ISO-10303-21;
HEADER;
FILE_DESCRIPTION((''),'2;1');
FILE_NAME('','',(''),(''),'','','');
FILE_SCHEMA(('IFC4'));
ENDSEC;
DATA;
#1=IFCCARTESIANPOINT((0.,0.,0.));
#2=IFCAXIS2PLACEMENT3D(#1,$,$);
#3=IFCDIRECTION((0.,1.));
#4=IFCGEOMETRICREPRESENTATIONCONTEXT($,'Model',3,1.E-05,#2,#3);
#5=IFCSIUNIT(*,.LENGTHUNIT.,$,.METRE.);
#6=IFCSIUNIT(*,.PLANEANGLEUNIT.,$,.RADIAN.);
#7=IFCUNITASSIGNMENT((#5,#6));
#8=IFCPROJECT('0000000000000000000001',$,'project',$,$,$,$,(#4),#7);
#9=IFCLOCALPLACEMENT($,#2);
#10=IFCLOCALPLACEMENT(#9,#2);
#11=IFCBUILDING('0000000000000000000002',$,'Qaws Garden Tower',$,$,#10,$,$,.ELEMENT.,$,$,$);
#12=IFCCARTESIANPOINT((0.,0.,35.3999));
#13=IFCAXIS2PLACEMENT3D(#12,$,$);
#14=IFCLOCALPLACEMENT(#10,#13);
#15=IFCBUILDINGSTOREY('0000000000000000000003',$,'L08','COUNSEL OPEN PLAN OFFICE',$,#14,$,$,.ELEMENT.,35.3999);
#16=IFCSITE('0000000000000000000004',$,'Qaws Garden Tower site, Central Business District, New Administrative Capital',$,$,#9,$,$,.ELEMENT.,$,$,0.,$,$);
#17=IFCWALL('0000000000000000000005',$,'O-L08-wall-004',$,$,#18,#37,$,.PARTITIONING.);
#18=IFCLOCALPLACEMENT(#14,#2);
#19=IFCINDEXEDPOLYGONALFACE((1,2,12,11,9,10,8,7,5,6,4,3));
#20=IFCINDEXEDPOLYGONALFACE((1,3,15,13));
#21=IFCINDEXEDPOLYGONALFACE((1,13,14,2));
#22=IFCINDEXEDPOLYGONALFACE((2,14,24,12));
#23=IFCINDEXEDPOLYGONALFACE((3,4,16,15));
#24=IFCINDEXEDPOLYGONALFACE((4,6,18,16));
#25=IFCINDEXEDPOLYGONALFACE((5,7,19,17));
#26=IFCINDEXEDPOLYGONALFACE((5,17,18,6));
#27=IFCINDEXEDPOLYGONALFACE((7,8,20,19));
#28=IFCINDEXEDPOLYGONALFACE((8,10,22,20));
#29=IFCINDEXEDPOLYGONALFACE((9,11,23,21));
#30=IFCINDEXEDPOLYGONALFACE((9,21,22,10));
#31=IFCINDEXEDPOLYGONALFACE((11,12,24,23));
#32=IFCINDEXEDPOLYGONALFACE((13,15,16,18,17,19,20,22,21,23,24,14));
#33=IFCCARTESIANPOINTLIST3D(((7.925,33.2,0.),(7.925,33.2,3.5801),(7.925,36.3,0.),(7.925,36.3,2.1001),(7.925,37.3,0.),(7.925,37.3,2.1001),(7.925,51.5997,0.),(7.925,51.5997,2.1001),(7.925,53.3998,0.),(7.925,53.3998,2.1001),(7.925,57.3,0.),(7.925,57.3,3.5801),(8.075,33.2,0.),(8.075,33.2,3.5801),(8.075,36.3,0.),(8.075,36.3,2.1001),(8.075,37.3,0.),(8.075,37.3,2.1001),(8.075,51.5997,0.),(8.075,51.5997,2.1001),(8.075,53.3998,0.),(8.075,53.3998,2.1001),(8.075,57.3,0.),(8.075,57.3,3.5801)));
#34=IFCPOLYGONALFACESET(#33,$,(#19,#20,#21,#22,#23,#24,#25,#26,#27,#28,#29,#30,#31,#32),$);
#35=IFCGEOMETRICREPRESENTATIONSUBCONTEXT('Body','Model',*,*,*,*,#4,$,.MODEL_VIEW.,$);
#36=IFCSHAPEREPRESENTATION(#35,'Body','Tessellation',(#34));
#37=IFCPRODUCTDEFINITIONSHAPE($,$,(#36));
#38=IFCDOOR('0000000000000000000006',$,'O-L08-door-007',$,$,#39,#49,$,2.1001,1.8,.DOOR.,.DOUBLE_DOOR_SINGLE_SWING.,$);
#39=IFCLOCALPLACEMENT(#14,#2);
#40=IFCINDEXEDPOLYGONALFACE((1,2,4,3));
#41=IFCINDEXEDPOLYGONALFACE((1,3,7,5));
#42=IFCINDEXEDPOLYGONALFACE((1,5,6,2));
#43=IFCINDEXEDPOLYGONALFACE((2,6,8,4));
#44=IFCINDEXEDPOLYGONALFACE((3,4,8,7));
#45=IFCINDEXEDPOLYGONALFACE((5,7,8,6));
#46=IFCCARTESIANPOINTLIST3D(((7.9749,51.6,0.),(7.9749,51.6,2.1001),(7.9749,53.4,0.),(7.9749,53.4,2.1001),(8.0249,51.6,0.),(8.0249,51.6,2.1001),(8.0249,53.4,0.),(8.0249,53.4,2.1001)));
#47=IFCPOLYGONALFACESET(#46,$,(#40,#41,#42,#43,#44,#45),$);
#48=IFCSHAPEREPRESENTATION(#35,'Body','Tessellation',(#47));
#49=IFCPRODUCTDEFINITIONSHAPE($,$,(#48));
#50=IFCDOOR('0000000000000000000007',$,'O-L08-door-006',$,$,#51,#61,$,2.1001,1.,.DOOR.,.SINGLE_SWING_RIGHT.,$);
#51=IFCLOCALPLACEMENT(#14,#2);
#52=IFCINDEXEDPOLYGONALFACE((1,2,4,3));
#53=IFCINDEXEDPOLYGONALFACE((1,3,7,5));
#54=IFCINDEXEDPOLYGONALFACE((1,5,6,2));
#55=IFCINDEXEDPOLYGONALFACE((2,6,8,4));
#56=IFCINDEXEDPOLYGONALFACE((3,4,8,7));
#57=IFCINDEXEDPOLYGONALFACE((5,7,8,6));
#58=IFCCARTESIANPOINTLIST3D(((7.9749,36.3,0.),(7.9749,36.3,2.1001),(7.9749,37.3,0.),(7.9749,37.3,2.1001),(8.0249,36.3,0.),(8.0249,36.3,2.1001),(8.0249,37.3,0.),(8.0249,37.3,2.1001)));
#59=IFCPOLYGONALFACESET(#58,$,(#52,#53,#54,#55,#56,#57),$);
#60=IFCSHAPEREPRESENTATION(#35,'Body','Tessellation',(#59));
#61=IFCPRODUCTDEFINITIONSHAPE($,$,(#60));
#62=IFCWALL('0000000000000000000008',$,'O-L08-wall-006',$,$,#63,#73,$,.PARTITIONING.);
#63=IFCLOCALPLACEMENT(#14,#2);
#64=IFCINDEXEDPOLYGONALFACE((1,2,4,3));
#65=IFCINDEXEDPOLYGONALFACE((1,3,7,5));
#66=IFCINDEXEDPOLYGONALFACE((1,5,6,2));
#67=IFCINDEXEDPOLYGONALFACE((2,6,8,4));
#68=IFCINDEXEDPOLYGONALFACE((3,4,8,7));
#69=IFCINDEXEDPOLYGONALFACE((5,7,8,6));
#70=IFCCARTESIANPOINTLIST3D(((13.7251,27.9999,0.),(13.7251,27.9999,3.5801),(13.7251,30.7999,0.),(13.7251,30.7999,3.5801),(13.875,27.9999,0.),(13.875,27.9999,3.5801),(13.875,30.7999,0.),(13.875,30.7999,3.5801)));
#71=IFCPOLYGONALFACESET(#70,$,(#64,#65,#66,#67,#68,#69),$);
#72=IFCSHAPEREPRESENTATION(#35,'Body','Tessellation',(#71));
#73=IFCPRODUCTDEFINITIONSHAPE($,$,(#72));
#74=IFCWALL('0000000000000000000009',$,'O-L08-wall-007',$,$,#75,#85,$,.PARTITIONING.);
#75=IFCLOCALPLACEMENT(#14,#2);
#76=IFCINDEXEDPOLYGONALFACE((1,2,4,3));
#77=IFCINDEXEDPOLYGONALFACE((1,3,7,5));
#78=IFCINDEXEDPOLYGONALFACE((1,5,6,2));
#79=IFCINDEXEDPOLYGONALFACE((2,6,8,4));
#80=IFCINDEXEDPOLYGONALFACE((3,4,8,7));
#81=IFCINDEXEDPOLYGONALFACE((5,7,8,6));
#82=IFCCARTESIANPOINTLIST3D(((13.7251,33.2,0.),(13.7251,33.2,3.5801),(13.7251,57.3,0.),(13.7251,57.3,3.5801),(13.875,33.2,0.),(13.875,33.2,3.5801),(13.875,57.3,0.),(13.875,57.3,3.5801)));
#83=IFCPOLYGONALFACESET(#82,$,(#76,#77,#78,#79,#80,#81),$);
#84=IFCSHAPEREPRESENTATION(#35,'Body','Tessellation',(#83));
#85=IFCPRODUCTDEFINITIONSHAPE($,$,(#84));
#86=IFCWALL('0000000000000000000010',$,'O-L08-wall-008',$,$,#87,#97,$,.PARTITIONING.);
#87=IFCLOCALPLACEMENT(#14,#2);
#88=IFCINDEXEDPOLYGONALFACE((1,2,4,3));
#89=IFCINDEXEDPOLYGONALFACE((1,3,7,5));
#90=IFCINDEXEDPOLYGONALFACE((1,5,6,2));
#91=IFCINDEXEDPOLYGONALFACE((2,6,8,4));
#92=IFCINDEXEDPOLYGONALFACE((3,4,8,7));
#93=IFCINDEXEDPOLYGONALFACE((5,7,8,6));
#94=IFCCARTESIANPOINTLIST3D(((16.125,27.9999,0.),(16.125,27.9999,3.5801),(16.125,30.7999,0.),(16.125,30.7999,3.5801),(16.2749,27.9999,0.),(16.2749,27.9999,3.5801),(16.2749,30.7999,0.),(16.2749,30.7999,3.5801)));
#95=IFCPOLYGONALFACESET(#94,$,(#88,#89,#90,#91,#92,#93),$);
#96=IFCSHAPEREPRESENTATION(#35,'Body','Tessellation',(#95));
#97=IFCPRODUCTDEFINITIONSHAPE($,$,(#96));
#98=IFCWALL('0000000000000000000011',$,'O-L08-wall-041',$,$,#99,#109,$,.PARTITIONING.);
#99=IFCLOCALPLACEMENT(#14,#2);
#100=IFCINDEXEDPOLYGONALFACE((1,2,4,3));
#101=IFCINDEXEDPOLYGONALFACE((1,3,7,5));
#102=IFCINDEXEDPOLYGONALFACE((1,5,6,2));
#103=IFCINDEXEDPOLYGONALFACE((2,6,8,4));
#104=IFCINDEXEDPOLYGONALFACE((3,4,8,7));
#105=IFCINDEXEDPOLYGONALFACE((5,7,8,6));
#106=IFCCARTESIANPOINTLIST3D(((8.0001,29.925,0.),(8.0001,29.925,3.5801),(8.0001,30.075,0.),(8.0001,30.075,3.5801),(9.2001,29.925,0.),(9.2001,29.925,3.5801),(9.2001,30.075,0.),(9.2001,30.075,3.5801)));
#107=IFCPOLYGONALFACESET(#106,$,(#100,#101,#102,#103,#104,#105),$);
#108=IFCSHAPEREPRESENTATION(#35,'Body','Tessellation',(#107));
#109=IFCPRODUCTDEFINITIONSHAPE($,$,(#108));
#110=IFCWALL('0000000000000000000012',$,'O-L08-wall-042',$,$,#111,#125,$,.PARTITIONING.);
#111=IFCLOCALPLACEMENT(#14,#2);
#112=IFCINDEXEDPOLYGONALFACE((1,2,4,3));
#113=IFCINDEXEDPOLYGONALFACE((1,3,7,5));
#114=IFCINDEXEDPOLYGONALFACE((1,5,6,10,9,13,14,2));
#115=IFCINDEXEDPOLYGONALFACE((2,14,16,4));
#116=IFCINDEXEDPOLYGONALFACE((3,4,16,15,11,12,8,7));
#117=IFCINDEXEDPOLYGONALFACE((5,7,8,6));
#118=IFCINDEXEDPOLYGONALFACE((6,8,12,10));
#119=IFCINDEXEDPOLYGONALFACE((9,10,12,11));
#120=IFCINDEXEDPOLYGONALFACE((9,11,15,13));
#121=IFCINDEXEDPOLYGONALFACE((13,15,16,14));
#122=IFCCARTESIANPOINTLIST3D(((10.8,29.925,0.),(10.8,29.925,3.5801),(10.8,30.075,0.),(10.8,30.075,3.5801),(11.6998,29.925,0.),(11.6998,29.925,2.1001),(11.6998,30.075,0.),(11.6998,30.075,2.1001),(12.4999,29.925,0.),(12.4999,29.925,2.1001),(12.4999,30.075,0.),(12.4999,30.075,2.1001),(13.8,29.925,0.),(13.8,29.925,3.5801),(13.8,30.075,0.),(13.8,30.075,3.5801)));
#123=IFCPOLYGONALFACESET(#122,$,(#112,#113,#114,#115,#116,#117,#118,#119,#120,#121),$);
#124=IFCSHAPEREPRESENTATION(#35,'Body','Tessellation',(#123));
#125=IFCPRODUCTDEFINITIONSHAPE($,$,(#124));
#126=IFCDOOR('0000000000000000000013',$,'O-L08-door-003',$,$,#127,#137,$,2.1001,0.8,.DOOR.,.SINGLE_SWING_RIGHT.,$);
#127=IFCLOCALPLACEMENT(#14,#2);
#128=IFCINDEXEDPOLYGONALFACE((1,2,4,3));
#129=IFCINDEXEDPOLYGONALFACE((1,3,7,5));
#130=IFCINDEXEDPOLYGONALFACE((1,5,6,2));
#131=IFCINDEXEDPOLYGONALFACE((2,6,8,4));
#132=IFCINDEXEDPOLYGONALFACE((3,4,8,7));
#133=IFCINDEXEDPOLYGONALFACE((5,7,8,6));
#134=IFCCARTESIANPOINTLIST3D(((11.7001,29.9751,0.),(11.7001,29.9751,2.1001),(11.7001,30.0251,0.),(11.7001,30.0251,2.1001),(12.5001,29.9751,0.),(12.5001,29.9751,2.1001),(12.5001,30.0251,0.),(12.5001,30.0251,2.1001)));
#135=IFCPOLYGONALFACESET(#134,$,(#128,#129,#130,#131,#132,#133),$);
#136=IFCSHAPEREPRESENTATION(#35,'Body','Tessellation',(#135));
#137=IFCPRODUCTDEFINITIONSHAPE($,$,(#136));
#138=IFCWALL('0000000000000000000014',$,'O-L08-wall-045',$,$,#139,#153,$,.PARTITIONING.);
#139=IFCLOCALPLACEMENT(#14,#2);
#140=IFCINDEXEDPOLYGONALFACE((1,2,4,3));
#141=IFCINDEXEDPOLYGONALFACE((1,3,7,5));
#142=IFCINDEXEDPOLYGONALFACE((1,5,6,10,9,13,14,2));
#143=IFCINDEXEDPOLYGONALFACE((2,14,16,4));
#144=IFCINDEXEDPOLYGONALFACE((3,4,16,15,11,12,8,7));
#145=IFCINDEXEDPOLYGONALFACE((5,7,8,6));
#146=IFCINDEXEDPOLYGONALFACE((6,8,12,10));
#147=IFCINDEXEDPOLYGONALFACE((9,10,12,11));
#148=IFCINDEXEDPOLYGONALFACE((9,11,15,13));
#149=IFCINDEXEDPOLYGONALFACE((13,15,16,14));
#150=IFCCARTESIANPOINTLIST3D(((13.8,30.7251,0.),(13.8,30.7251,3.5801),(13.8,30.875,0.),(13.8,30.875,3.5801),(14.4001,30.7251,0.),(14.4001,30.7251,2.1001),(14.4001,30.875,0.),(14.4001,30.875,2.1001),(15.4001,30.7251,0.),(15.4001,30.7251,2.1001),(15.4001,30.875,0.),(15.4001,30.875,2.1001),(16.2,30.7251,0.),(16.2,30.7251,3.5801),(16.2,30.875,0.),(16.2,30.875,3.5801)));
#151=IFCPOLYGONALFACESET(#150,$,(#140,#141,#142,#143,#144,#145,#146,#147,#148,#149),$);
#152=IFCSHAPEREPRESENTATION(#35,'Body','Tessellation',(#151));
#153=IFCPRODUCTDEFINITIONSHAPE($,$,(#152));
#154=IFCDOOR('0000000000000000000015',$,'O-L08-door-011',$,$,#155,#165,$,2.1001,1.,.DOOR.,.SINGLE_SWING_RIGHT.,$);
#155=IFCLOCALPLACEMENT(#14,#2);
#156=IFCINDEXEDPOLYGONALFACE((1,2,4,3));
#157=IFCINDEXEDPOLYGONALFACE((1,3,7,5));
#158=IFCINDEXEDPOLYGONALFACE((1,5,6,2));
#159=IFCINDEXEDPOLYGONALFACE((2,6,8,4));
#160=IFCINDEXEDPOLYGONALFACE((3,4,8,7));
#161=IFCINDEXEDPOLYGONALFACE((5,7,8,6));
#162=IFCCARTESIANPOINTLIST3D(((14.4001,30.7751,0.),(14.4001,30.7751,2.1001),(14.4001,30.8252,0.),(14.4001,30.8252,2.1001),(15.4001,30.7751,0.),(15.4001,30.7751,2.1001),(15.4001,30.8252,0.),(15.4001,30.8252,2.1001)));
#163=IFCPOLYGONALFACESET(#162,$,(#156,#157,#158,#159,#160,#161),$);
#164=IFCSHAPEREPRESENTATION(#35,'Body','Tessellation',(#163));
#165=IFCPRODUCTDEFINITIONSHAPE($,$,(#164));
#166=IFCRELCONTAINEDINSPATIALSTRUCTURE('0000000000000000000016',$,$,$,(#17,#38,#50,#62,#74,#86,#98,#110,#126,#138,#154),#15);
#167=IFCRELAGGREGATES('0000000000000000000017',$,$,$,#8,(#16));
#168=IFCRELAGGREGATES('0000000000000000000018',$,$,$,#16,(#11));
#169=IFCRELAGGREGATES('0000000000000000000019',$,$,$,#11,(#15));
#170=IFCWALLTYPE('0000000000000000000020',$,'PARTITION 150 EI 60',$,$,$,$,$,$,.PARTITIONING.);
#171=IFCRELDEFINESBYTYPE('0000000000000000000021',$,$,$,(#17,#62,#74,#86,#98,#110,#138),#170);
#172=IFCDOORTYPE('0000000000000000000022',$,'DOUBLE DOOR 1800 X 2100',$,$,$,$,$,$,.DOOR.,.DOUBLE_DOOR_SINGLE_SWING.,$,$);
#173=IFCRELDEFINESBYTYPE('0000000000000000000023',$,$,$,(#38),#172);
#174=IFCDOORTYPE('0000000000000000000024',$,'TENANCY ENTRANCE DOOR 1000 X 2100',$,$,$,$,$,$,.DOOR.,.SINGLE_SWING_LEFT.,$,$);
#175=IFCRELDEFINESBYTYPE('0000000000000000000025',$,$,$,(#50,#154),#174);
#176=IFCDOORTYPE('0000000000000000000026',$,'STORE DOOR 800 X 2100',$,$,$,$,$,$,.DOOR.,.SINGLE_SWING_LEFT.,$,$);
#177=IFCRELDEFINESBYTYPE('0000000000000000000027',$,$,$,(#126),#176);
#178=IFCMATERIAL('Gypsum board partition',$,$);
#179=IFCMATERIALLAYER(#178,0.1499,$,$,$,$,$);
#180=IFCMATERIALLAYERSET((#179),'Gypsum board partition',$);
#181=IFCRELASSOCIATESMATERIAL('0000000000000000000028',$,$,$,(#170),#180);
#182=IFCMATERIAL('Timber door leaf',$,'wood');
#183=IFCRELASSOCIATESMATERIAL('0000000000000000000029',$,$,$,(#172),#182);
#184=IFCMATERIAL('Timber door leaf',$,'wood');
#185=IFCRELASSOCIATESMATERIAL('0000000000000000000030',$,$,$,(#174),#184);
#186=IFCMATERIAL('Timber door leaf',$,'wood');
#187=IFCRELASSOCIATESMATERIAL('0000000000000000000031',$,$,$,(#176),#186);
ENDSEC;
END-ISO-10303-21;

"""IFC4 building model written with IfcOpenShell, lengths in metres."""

from ifc_helpers import new_model, si_unit, direction, frame, frame_2d, origin, place, context, subcontext, project, spatial, rectangle, extrude, material, layer, layer_set, type_object, element, fill, save


model = new_model("IFC4")

# Units and contexts
model_context = context("Model", 3, precision=1e-05, world=origin(), true_north=direction((0.0, 1.0)))
body_context = subcontext(model_context, "Body", "Model", "MODEL_VIEW")
ifc_project = project(units=[si_unit("LENGTHUNIT", "METRE"), si_unit("PLANEANGLEUNIT", "RADIAN")], contexts=[model_context])

# Site, building, storey
site_placement = place(None, origin())
site = spatial("IfcSite", under=ifc_project, at=site_placement, Name="Qaws Garden Tower site, Central Business District, New Administrative Capital", CompositionType="ELEMENT", RefElevation=0.0)
building_placement = place(site_placement, origin())
building = spatial("IfcBuilding", under=site, at=building_placement, Name="Qaws Garden Tower", CompositionType="ELEMENT")
storey_placement = place(building_placement, frame((0.0, 0.0, 35.3999)))
storey = spatial("IfcBuildingStorey", under=building, at=storey_placement, Name="L08", Description="COUNSEL OPEN PLAN OFFICE", CompositionType="ELEMENT", Elevation=35.3999)

# Shared definitions
ifc_material_1 = material(Name="Gypsum board partition")
ifc_layer_1 = layer(ifc_material_1, 0.1499)
ifc_layer_set_1 = layer_set([ifc_layer_1], Name="Gypsum board partition")
wall_type_1 = type_object("IfcWallType", Name="PARTITION 150 EI 60", PredefinedType="PARTITIONING", material=ifc_layer_set_1)

# Wall, openings, doors
wall_1_placement = place(storey_placement, frame((8.0, 33.2, 0.0), z_axis=(0.0, 0.0, 1.0), x_axis=(0.0, 1.0, 0.0)))
wall_1 = element("IfcWall", 1, at=wall_1_placement, inside=storey, type_object=wall_type_1, Name="O-L08-wall-004", PredefinedType="PARTITIONING", context=body_context, shape_type="SweptSolid", body=[
    extrude(rectangle(XDim=24.1001, YDim=0.1499, at=frame_2d((12.05, 0.0))), origin(), (0.0, 0.0, 1.0), 3.5801),
])
opening_1_placement = place(wall_1_placement, frame((3.1001, 0.0, 0.0)))
opening_1 = element("IfcOpeningElement", 2, at=opening_1_placement, cuts=wall_1, PredefinedType="OPENING", context=body_context, shape_type="SweptSolid", body=[
    extrude(rectangle(XDim=1.0, YDim=2.1001, at=frame_2d((0.5, 1.05))), frame((0.0, 0.085, 0.0), z_axis=(0.0, -1.0, 0.0), x_axis=(1.0, 0.0, 0.0)), (0.0, 0.0, 1.0), 0.1699),
])
opening_2_placement = place(wall_1_placement, frame((18.3999, 0.0, 0.0)))
opening_2 = element("IfcOpeningElement", 3, at=opening_2_placement, cuts=wall_1, PredefinedType="OPENING", context=body_context, shape_type="SweptSolid", body=[
    extrude(rectangle(XDim=1.8, YDim=2.1001, at=frame_2d((0.8999, 1.05))), frame((0.0, 0.085, 0.0), z_axis=(0.0, -1.0, 0.0), x_axis=(1.0, 0.0, 0.0)), (0.0, 0.0, 1.0), 0.1699),
])
ifc_material_2 = material(Name="Timber door leaf", Category="wood")
door_type_1 = type_object("IfcDoorType", Name="DOUBLE DOOR 1800 X 2100", OperationType="DOUBLE_DOOR_SINGLE_SWING", PredefinedType="DOOR", material=ifc_material_2)
door_1_placement = place(opening_2_placement, frame((1.8, 0.0, 0.0), z_axis=(0.0, 0.0, 1.0), x_axis=(-1.0, 0.0, 0.0)))
door_1 = element("IfcDoor", 4, at=door_1_placement, inside=storey, type_object=door_type_1, Name="O-L08-door-007", OperationType="DOUBLE_DOOR_SINGLE_SWING", OverallHeight=2.1001, OverallWidth=1.8, PredefinedType="DOOR", context=body_context, shape_type="SweptSolid", body=[
    extrude(rectangle(XDim=1.8, YDim=2.1001, at=frame_2d((0.8999, 1.05))), frame((0.0, 0.0249, 0.0), z_axis=(0.0, -1.0, 0.0), x_axis=(1.0, 0.0, 0.0)), (0.0, 0.0, 1.0), 0.05),
])
fill(opening_2, door_1)
ifc_material_3 = material(Name="Timber door leaf", Category="wood")
door_type_2 = type_object("IfcDoorType", Name="TENANCY ENTRANCE DOOR 1000 X 2100", OperationType="SINGLE_SWING_LEFT", PredefinedType="DOOR", material=ifc_material_3)
door_2_placement = place(opening_1_placement, frame((1.0, 0.0, 0.0), z_axis=(0.0, 0.0, 1.0), x_axis=(-1.0, 0.0, 0.0)))
door_2 = element("IfcDoor", 5, at=door_2_placement, inside=storey, type_object=door_type_2, Name="O-L08-door-006", OperationType="SINGLE_SWING_RIGHT", OverallHeight=2.1001, OverallWidth=1.0, PredefinedType="DOOR", context=body_context, shape_type="SweptSolid", body=[
    extrude(rectangle(XDim=1.0, YDim=2.1001, at=frame_2d((0.5, 1.05))), frame((0.0, 0.0249, 0.0), z_axis=(0.0, -1.0, 0.0), x_axis=(1.0, 0.0, 0.0)), (0.0, 0.0, 1.0), 0.05),
])
fill(opening_1, door_2)

# Walls
wall_2_placement = place(storey_placement, frame((13.8, 28.0, 0.0), z_axis=(0.0, 0.0, 1.0), x_axis=(0.0, 1.0, 0.0)))
element("IfcWall", 6, at=wall_2_placement, inside=storey, type_object=wall_type_1, Name="O-L08-wall-006", PredefinedType="PARTITIONING", context=body_context, shape_type="SweptSolid", body=[
    extrude(rectangle(XDim=2.8, YDim=0.1499, at=frame_2d((1.3999, 0.0))), origin(), (0.0, 0.0, 1.0), 3.5801),
])
wall_3_placement = place(storey_placement, frame((13.8, 33.2, 0.0), z_axis=(0.0, 0.0, 1.0), x_axis=(0.0, 1.0, 0.0)))
element("IfcWall", 7, at=wall_3_placement, inside=storey, type_object=wall_type_1, Name="O-L08-wall-007", PredefinedType="PARTITIONING", context=body_context, shape_type="SweptSolid", body=[
    extrude(rectangle(XDim=24.1001, YDim=0.1499, at=frame_2d((12.05, 0.0))), origin(), (0.0, 0.0, 1.0), 3.5801),
])
wall_4_placement = place(storey_placement, frame((16.2, 28.0, 0.0), z_axis=(0.0, 0.0, 1.0), x_axis=(0.0, 1.0, 0.0)))
element("IfcWall", 8, at=wall_4_placement, inside=storey, type_object=wall_type_1, Name="O-L08-wall-008", PredefinedType="PARTITIONING", context=body_context, shape_type="SweptSolid", body=[
    extrude(rectangle(XDim=2.8, YDim=0.1499, at=frame_2d((1.3999, 0.0))), origin(), (0.0, 0.0, 1.0), 3.5801),
])
wall_5_placement = place(storey_placement, frame((8.0, 30.0, 0.0), z_axis=(0.0, 0.0, 1.0), x_axis=(1.0, 0.0, 0.0)))
element("IfcWall", 9, at=wall_5_placement, inside=storey, type_object=wall_type_1, Name="O-L08-wall-041", PredefinedType="PARTITIONING", context=body_context, shape_type="SweptSolid", body=[
    extrude(rectangle(XDim=1.2, YDim=0.1499, at=frame_2d((0.6001, 0.0))), origin(), (0.0, 0.0, 1.0), 3.5801),
])

# Walls, openings, doors
wall_6_placement = place(storey_placement, frame((10.8, 30.0, 0.0), z_axis=(0.0, 0.0, 1.0), x_axis=(1.0, 0.0, 0.0)))
wall_6 = element("IfcWall", 10, at=wall_6_placement, inside=storey, type_object=wall_type_1, Name="O-L08-wall-042", PredefinedType="PARTITIONING", context=body_context, shape_type="SweptSolid", body=[
    extrude(rectangle(XDim=3.0, YDim=0.1499, at=frame_2d((1.5, 0.0))), origin(), (0.0, 0.0, 1.0), 3.5801),
])
opening_3_placement = place(wall_6_placement, frame((0.8999, 0.0, 0.0)))
opening_3 = element("IfcOpeningElement", 11, at=opening_3_placement, cuts=wall_6, PredefinedType="OPENING", context=body_context, shape_type="SweptSolid", body=[
    extrude(rectangle(XDim=0.8, YDim=2.1001, at=frame_2d((0.3999, 1.05))), frame((0.0, 0.085, 0.0), z_axis=(0.0, -1.0, 0.0), x_axis=(1.0, 0.0, 0.0)), (0.0, 0.0, 1.0), 0.1699),
])
ifc_material_4 = material(Name="Timber door leaf", Category="wood")
door_type_3 = type_object("IfcDoorType", Name="STORE DOOR 800 X 2100", OperationType="SINGLE_SWING_LEFT", PredefinedType="DOOR", material=ifc_material_4)
door_3_placement = place(opening_3_placement, frame((0.8, 0.0, 0.0), z_axis=(0.0, 0.0, 1.0), x_axis=(-1.0, 0.0, 0.0)))
door_3 = element("IfcDoor", 12, at=door_3_placement, inside=storey, type_object=door_type_3, Name="O-L08-door-003", OperationType="SINGLE_SWING_RIGHT", OverallHeight=2.1001, OverallWidth=0.8, PredefinedType="DOOR", context=body_context, shape_type="SweptSolid", body=[
    extrude(rectangle(XDim=0.8, YDim=2.1001, at=frame_2d((0.3999, 1.05))), frame((0.0, 0.0249, 0.0), z_axis=(0.0, -1.0, 0.0), x_axis=(1.0, 0.0, 0.0)), (0.0, 0.0, 1.0), 0.05),
])
fill(opening_3, door_3)
wall_7_placement = place(storey_placement, frame((13.8, 30.8, 0.0), z_axis=(0.0, 0.0, 1.0), x_axis=(1.0, 0.0, 0.0)))
wall_7 = element("IfcWall", 13, at=wall_7_placement, inside=storey, type_object=wall_type_1, Name="O-L08-wall-045", PredefinedType="PARTITIONING", context=body_context, shape_type="SweptSolid", body=[
    extrude(rectangle(XDim=2.3999, YDim=0.1499, at=frame_2d((1.2, 0.0))), origin(), (0.0, 0.0, 1.0), 3.5801),
])
opening_4_placement = place(wall_7_placement, frame((0.6001, 0.0, 0.0)))
opening_4 = element("IfcOpeningElement", 14, at=opening_4_placement, cuts=wall_7, PredefinedType="OPENING", context=body_context, shape_type="SweptSolid", body=[
    extrude(rectangle(XDim=1.0, YDim=2.1001, at=frame_2d((0.5, 1.05))), frame((0.0, 0.085, 0.0), z_axis=(0.0, -1.0, 0.0), x_axis=(1.0, 0.0, 0.0)), (0.0, 0.0, 1.0), 0.1699),
])
door_4_placement = place(opening_4_placement, frame((1.0, 0.0, 0.0), z_axis=(0.0, 0.0, 1.0), x_axis=(-1.0, 0.0, 0.0)))
door_4 = element("IfcDoor", 15, at=door_4_placement, inside=storey, type_object=door_type_2, Name="O-L08-door-011", OperationType="SINGLE_SWING_RIGHT", OverallHeight=2.1001, OverallWidth=1.0, PredefinedType="DOOR", context=body_context, shape_type="SweptSolid", body=[
    extrude(rectangle(XDim=1.0, YDim=2.1001, at=frame_2d((0.5, 1.05))), frame((0.0, 0.0249, 0.0), z_axis=(0.0, -1.0, 0.0), x_axis=(1.0, 0.0, 0.0)), (0.0, 0.0, 1.0), 0.05),
])
fill(opening_4, door_4)

save(model, "model.ifc")
